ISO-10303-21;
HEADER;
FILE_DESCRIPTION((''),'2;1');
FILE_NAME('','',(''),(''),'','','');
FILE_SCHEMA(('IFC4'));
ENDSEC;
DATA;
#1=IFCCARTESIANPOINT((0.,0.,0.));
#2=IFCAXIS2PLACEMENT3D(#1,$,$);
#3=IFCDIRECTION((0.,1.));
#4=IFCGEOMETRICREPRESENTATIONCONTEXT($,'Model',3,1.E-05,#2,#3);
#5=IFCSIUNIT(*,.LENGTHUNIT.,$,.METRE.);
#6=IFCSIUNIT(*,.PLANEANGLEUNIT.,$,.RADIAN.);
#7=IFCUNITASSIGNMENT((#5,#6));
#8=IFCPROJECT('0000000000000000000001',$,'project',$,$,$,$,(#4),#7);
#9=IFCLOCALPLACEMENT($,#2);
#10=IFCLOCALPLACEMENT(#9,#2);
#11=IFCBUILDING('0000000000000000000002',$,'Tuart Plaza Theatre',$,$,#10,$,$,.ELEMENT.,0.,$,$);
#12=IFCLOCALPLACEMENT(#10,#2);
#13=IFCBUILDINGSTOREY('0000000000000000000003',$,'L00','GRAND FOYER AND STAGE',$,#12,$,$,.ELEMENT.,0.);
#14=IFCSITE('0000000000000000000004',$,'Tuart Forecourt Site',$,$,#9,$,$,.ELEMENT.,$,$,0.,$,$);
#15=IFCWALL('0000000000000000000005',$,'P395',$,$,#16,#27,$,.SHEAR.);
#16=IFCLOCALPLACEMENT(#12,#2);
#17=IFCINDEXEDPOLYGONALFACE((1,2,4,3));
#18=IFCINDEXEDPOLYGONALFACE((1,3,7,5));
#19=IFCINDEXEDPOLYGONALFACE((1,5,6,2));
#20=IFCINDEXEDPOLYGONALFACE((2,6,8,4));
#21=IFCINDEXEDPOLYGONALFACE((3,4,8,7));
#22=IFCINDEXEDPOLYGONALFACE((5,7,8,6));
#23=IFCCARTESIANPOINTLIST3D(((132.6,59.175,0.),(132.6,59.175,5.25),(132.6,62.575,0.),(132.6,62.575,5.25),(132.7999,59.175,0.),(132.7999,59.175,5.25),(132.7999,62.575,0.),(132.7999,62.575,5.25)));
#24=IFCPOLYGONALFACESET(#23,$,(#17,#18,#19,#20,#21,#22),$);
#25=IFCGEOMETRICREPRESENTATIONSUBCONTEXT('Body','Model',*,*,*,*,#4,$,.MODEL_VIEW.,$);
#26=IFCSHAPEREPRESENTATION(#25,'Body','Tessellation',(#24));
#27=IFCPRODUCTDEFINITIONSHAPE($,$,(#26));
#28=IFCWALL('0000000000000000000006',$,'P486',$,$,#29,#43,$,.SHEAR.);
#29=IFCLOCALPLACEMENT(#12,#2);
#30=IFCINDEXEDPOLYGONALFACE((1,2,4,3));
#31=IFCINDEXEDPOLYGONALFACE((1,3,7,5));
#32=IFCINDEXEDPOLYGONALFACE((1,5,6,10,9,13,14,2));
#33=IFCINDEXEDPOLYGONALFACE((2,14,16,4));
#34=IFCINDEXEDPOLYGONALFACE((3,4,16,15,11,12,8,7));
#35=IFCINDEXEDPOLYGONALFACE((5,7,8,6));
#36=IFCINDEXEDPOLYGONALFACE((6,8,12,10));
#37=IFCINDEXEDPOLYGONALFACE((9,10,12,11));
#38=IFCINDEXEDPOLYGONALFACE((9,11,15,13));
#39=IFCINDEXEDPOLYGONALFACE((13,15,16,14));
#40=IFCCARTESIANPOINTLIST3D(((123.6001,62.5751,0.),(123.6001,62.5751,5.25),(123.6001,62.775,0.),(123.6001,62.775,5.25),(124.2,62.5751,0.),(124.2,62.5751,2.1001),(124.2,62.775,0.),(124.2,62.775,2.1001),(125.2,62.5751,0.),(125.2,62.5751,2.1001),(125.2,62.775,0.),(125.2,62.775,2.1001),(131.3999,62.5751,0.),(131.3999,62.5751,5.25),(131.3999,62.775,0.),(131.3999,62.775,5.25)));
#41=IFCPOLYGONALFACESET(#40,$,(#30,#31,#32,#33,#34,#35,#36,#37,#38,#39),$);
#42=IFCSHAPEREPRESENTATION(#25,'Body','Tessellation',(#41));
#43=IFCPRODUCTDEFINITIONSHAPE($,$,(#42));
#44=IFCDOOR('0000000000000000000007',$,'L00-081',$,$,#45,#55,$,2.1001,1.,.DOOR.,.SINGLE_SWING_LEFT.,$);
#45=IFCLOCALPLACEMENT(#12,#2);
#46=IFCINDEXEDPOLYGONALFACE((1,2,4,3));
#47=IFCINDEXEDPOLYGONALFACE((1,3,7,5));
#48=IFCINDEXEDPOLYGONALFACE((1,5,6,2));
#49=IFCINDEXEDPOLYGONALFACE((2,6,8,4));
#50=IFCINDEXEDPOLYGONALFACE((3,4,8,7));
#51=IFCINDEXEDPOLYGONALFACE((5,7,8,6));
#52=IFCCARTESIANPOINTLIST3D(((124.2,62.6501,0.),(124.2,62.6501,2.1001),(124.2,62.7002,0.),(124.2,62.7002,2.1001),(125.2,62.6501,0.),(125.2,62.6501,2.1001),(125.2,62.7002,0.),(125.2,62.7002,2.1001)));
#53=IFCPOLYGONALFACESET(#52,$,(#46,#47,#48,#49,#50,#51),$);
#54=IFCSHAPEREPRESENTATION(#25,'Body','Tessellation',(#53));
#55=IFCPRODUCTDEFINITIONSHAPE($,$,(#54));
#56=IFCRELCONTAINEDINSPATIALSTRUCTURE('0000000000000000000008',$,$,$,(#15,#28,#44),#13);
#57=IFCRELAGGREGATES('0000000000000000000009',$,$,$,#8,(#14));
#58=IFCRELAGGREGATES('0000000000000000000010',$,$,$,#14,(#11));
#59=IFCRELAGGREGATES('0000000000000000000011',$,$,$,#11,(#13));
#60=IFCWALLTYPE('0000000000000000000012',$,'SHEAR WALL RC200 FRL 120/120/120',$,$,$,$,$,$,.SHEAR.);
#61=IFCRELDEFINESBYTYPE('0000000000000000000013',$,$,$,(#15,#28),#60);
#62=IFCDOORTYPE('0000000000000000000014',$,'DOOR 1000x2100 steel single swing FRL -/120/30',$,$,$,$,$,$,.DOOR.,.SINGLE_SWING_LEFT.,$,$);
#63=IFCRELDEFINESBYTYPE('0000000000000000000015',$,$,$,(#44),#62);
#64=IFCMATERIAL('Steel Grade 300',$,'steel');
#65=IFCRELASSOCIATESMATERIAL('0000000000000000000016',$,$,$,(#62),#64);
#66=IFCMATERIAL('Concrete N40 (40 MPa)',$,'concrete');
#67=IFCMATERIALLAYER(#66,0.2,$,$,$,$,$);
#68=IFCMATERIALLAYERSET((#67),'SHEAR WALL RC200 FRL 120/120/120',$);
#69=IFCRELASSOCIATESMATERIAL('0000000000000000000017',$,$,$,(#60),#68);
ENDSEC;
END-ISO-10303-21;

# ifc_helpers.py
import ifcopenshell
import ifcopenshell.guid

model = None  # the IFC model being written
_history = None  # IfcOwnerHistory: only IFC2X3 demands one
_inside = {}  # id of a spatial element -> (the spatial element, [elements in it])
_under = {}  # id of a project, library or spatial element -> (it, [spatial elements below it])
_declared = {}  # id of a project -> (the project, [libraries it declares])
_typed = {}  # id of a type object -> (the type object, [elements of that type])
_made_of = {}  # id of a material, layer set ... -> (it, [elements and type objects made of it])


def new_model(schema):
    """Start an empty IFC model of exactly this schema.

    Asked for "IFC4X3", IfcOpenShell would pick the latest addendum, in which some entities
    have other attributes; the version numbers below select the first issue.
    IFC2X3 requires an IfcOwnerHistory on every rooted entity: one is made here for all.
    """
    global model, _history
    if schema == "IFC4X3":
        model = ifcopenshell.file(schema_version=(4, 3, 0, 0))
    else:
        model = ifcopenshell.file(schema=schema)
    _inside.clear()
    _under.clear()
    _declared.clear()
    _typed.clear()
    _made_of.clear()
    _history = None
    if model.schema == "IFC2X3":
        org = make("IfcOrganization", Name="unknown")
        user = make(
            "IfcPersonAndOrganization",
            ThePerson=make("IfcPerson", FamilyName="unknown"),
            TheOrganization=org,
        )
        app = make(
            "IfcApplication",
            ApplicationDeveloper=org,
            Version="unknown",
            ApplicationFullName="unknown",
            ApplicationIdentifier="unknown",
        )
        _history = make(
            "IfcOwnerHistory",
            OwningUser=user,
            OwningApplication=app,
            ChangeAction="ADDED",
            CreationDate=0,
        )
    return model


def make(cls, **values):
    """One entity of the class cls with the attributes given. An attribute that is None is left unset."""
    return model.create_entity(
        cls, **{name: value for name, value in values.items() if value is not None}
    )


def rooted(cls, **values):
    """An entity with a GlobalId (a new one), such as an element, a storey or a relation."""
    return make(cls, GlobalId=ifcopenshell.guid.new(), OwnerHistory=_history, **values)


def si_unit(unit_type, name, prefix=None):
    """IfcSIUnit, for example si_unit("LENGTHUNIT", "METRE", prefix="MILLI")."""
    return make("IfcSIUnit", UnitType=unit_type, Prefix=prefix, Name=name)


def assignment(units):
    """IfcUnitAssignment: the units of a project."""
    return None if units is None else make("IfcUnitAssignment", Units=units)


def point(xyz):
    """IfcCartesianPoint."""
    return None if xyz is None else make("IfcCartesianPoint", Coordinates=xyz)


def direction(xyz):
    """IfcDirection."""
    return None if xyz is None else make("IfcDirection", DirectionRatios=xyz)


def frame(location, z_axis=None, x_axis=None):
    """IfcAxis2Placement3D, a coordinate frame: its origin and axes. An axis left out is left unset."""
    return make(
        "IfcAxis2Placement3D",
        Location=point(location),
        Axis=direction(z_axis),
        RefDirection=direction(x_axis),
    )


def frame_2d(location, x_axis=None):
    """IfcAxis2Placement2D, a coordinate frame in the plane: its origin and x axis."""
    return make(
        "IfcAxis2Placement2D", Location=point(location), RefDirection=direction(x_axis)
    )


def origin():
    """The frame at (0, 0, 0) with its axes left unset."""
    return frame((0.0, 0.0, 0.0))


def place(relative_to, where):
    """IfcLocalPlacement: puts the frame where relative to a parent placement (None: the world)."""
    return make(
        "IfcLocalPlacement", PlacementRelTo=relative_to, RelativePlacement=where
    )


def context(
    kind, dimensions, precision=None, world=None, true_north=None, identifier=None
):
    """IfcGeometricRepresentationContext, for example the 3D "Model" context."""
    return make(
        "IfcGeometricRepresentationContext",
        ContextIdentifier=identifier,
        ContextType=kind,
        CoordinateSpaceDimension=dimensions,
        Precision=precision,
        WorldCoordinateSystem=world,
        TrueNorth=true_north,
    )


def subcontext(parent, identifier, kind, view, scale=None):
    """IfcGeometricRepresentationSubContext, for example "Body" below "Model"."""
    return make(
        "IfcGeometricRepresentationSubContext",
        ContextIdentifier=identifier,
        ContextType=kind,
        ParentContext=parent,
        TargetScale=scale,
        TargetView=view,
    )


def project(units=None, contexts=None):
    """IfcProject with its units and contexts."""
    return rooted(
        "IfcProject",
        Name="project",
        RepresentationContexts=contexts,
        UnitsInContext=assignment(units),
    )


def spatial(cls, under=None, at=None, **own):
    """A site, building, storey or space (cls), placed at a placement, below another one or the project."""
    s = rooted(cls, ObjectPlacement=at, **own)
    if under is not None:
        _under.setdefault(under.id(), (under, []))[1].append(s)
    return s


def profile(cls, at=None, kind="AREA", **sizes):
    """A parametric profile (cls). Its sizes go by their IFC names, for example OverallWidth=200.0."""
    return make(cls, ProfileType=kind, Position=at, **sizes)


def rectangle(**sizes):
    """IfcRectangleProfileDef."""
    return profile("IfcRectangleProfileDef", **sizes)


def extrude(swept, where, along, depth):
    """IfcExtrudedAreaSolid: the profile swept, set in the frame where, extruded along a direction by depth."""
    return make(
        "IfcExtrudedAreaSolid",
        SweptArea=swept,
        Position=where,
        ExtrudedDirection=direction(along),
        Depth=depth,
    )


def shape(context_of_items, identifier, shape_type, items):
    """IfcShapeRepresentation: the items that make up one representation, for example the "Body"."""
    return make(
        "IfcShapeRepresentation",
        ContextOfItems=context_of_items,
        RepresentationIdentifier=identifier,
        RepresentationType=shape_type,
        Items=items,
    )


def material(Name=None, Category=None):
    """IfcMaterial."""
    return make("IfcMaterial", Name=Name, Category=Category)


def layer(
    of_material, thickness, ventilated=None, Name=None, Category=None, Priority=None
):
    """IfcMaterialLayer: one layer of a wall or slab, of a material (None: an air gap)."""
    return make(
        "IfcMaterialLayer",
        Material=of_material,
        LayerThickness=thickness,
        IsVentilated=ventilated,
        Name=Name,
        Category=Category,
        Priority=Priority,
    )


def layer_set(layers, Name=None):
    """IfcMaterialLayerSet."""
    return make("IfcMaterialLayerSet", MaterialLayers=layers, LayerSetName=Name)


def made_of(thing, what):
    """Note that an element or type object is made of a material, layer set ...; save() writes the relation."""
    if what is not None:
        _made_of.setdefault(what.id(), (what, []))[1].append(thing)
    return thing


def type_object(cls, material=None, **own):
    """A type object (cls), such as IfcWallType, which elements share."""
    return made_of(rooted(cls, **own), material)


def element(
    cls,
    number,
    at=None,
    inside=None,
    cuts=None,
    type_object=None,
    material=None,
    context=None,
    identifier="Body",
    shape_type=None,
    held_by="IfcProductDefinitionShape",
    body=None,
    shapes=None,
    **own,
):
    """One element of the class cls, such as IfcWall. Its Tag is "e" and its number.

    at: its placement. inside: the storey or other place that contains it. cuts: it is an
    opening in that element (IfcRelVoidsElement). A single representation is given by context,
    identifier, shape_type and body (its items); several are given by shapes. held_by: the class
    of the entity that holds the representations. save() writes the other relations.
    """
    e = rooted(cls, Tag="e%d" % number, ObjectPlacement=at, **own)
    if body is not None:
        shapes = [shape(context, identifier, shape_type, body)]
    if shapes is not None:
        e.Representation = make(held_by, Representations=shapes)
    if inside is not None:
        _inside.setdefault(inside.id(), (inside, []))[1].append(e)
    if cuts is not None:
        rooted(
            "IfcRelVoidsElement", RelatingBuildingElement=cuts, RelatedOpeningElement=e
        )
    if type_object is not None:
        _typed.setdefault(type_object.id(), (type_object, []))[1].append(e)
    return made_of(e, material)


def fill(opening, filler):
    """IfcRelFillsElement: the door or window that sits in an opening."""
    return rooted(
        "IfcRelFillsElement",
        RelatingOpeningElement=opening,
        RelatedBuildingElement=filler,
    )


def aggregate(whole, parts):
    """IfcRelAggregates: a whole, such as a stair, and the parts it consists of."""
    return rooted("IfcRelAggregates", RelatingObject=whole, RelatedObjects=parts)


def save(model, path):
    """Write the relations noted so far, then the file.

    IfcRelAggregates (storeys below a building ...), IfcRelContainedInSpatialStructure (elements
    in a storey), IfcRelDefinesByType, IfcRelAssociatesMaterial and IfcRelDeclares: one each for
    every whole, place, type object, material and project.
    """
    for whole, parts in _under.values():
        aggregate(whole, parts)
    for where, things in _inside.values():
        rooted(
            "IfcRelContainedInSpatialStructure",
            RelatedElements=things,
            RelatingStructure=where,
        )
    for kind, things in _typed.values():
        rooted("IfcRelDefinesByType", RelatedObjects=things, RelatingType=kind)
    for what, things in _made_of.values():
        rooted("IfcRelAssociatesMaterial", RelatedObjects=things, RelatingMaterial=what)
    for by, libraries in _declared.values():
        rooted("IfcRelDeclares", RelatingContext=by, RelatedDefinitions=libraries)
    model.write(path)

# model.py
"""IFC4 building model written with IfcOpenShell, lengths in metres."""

from ifc_helpers import new_model, si_unit, direction, frame, frame_2d, origin, place, context, subcontext, project, spatial, rectangle, extrude, material, layer, layer_set, type_object, element, fill, save


model = new_model("IFC4")

# Units and contexts
model_context = context("Model", 3, precision=1e-05, world=origin(), true_north=direction((0.0, 1.0)))
body_context = subcontext(model_context, "Body", "Model", "MODEL_VIEW")
ifc_project = project(units=[si_unit("LENGTHUNIT", "METRE"), si_unit("PLANEANGLEUNIT", "RADIAN")], contexts=[model_context])

# Site, building, storey
site_placement = place(None, origin())
site = spatial("IfcSite", under=ifc_project, at=site_placement, Name="Tuart Forecourt Site", CompositionType="ELEMENT", RefElevation=0.0)
building_placement = place(site_placement, origin())
building = spatial("IfcBuilding", under=site, at=building_placement, Name="Tuart Plaza Theatre", CompositionType="ELEMENT", ElevationOfRefHeight=0.0)
storey_placement = place(building_placement, origin())
storey = spatial("IfcBuildingStorey", under=building, at=storey_placement, Name="L00", Description="GRAND FOYER AND STAGE", CompositionType="ELEMENT", Elevation=0.0)

# Shared definitions
ifc_material_1 = material(Name="Steel Grade 300", Category="steel")
door_type_1 = type_object("IfcDoorType", Name="DOOR 1000x2100 steel single swing FRL -/120/30", OperationType="SINGLE_SWING_LEFT", PredefinedType="DOOR", material=ifc_material_1)
ifc_material_2 = material(Name="Concrete N40 (40 MPa)", Category="concrete")
ifc_layer_1 = layer(ifc_material_2, 0.2)
ifc_layer_set_1 = layer_set([ifc_layer_1], Name="SHEAR WALL RC200 FRL 120/120/120")
wall_type_1 = type_object("IfcWallType", Name="SHEAR WALL RC200 FRL 120/120/120", PredefinedType="SHEAR", material=ifc_layer_set_1)

# Wall
wall_1_placement = place(storey_placement, frame((132.7, 62.575, 0.0), z_axis=(0.0, 0.0, 1.0), x_axis=(0.0, -1.0, 0.0)))
element("IfcWall", 1, at=wall_1_placement, inside=storey, type_object=wall_type_1, Name="P395", PredefinedType="SHEAR", context=body_context, shape_type="SweptSolid", body=[
    extrude(rectangle(XDim=3.3999, YDim=0.2, at=frame_2d((1.7, 0.0))), origin(), (0.0, 0.0, 1.0), 5.25),
])

# Wall, opening, door
wall_2_placement = place(storey_placement, frame((131.3999, 62.675, 0.0), z_axis=(0.0, 0.0, 1.0), x_axis=(-1.0, 0.0, 0.0)))
wall_2 = element("IfcWall", 2, at=wall_2_placement, inside=storey, type_object=wall_type_1, Name="P486", PredefinedType="SHEAR", context=body_context, shape_type="SweptSolid", body=[
    extrude(rectangle(XDim=7.7998, YDim=0.2, at=frame_2d((3.8999, 0.0))), origin(), (0.0, 0.0, 1.0), 5.25),
])
opening_1_placement = place(wall_2_placement, frame((6.2, 0.0, 0.0)))
opening_1 = element("IfcOpeningElement", 3, at=opening_1_placement, cuts=wall_2, PredefinedType="OPENING", context=body_context, shape_type="SweptSolid", body=[
    extrude(rectangle(XDim=1.0, YDim=2.1001, at=frame_2d((0.5, 1.05))), frame((0.0, 0.1099, 0.0), z_axis=(0.0, -1.0, 0.0), x_axis=(1.0, 0.0, 0.0)), (0.0, 0.0, 1.0), 0.22),
])
door_1_placement = place(opening_1_placement, origin())
door_1 = element("IfcDoor", 4, at=door_1_placement, inside=storey, type_object=door_type_1, Name="L00-081", OperationType="SINGLE_SWING_LEFT", OverallHeight=2.1001, OverallWidth=1.0, PredefinedType="DOOR", context=body_context, shape_type="SweptSolid", body=[
    extrude(rectangle(XDim=1.0, YDim=2.1001, at=frame_2d((0.5, 1.05))), frame((0.0, 0.0249, 0.0), z_axis=(0.0, -1.0, 0.0), x_axis=(1.0, 0.0, 0.0)), (0.0, 0.0, 1.0), 0.05),
])
fill(opening_1, door_1)

save(model, "model.ifc")
